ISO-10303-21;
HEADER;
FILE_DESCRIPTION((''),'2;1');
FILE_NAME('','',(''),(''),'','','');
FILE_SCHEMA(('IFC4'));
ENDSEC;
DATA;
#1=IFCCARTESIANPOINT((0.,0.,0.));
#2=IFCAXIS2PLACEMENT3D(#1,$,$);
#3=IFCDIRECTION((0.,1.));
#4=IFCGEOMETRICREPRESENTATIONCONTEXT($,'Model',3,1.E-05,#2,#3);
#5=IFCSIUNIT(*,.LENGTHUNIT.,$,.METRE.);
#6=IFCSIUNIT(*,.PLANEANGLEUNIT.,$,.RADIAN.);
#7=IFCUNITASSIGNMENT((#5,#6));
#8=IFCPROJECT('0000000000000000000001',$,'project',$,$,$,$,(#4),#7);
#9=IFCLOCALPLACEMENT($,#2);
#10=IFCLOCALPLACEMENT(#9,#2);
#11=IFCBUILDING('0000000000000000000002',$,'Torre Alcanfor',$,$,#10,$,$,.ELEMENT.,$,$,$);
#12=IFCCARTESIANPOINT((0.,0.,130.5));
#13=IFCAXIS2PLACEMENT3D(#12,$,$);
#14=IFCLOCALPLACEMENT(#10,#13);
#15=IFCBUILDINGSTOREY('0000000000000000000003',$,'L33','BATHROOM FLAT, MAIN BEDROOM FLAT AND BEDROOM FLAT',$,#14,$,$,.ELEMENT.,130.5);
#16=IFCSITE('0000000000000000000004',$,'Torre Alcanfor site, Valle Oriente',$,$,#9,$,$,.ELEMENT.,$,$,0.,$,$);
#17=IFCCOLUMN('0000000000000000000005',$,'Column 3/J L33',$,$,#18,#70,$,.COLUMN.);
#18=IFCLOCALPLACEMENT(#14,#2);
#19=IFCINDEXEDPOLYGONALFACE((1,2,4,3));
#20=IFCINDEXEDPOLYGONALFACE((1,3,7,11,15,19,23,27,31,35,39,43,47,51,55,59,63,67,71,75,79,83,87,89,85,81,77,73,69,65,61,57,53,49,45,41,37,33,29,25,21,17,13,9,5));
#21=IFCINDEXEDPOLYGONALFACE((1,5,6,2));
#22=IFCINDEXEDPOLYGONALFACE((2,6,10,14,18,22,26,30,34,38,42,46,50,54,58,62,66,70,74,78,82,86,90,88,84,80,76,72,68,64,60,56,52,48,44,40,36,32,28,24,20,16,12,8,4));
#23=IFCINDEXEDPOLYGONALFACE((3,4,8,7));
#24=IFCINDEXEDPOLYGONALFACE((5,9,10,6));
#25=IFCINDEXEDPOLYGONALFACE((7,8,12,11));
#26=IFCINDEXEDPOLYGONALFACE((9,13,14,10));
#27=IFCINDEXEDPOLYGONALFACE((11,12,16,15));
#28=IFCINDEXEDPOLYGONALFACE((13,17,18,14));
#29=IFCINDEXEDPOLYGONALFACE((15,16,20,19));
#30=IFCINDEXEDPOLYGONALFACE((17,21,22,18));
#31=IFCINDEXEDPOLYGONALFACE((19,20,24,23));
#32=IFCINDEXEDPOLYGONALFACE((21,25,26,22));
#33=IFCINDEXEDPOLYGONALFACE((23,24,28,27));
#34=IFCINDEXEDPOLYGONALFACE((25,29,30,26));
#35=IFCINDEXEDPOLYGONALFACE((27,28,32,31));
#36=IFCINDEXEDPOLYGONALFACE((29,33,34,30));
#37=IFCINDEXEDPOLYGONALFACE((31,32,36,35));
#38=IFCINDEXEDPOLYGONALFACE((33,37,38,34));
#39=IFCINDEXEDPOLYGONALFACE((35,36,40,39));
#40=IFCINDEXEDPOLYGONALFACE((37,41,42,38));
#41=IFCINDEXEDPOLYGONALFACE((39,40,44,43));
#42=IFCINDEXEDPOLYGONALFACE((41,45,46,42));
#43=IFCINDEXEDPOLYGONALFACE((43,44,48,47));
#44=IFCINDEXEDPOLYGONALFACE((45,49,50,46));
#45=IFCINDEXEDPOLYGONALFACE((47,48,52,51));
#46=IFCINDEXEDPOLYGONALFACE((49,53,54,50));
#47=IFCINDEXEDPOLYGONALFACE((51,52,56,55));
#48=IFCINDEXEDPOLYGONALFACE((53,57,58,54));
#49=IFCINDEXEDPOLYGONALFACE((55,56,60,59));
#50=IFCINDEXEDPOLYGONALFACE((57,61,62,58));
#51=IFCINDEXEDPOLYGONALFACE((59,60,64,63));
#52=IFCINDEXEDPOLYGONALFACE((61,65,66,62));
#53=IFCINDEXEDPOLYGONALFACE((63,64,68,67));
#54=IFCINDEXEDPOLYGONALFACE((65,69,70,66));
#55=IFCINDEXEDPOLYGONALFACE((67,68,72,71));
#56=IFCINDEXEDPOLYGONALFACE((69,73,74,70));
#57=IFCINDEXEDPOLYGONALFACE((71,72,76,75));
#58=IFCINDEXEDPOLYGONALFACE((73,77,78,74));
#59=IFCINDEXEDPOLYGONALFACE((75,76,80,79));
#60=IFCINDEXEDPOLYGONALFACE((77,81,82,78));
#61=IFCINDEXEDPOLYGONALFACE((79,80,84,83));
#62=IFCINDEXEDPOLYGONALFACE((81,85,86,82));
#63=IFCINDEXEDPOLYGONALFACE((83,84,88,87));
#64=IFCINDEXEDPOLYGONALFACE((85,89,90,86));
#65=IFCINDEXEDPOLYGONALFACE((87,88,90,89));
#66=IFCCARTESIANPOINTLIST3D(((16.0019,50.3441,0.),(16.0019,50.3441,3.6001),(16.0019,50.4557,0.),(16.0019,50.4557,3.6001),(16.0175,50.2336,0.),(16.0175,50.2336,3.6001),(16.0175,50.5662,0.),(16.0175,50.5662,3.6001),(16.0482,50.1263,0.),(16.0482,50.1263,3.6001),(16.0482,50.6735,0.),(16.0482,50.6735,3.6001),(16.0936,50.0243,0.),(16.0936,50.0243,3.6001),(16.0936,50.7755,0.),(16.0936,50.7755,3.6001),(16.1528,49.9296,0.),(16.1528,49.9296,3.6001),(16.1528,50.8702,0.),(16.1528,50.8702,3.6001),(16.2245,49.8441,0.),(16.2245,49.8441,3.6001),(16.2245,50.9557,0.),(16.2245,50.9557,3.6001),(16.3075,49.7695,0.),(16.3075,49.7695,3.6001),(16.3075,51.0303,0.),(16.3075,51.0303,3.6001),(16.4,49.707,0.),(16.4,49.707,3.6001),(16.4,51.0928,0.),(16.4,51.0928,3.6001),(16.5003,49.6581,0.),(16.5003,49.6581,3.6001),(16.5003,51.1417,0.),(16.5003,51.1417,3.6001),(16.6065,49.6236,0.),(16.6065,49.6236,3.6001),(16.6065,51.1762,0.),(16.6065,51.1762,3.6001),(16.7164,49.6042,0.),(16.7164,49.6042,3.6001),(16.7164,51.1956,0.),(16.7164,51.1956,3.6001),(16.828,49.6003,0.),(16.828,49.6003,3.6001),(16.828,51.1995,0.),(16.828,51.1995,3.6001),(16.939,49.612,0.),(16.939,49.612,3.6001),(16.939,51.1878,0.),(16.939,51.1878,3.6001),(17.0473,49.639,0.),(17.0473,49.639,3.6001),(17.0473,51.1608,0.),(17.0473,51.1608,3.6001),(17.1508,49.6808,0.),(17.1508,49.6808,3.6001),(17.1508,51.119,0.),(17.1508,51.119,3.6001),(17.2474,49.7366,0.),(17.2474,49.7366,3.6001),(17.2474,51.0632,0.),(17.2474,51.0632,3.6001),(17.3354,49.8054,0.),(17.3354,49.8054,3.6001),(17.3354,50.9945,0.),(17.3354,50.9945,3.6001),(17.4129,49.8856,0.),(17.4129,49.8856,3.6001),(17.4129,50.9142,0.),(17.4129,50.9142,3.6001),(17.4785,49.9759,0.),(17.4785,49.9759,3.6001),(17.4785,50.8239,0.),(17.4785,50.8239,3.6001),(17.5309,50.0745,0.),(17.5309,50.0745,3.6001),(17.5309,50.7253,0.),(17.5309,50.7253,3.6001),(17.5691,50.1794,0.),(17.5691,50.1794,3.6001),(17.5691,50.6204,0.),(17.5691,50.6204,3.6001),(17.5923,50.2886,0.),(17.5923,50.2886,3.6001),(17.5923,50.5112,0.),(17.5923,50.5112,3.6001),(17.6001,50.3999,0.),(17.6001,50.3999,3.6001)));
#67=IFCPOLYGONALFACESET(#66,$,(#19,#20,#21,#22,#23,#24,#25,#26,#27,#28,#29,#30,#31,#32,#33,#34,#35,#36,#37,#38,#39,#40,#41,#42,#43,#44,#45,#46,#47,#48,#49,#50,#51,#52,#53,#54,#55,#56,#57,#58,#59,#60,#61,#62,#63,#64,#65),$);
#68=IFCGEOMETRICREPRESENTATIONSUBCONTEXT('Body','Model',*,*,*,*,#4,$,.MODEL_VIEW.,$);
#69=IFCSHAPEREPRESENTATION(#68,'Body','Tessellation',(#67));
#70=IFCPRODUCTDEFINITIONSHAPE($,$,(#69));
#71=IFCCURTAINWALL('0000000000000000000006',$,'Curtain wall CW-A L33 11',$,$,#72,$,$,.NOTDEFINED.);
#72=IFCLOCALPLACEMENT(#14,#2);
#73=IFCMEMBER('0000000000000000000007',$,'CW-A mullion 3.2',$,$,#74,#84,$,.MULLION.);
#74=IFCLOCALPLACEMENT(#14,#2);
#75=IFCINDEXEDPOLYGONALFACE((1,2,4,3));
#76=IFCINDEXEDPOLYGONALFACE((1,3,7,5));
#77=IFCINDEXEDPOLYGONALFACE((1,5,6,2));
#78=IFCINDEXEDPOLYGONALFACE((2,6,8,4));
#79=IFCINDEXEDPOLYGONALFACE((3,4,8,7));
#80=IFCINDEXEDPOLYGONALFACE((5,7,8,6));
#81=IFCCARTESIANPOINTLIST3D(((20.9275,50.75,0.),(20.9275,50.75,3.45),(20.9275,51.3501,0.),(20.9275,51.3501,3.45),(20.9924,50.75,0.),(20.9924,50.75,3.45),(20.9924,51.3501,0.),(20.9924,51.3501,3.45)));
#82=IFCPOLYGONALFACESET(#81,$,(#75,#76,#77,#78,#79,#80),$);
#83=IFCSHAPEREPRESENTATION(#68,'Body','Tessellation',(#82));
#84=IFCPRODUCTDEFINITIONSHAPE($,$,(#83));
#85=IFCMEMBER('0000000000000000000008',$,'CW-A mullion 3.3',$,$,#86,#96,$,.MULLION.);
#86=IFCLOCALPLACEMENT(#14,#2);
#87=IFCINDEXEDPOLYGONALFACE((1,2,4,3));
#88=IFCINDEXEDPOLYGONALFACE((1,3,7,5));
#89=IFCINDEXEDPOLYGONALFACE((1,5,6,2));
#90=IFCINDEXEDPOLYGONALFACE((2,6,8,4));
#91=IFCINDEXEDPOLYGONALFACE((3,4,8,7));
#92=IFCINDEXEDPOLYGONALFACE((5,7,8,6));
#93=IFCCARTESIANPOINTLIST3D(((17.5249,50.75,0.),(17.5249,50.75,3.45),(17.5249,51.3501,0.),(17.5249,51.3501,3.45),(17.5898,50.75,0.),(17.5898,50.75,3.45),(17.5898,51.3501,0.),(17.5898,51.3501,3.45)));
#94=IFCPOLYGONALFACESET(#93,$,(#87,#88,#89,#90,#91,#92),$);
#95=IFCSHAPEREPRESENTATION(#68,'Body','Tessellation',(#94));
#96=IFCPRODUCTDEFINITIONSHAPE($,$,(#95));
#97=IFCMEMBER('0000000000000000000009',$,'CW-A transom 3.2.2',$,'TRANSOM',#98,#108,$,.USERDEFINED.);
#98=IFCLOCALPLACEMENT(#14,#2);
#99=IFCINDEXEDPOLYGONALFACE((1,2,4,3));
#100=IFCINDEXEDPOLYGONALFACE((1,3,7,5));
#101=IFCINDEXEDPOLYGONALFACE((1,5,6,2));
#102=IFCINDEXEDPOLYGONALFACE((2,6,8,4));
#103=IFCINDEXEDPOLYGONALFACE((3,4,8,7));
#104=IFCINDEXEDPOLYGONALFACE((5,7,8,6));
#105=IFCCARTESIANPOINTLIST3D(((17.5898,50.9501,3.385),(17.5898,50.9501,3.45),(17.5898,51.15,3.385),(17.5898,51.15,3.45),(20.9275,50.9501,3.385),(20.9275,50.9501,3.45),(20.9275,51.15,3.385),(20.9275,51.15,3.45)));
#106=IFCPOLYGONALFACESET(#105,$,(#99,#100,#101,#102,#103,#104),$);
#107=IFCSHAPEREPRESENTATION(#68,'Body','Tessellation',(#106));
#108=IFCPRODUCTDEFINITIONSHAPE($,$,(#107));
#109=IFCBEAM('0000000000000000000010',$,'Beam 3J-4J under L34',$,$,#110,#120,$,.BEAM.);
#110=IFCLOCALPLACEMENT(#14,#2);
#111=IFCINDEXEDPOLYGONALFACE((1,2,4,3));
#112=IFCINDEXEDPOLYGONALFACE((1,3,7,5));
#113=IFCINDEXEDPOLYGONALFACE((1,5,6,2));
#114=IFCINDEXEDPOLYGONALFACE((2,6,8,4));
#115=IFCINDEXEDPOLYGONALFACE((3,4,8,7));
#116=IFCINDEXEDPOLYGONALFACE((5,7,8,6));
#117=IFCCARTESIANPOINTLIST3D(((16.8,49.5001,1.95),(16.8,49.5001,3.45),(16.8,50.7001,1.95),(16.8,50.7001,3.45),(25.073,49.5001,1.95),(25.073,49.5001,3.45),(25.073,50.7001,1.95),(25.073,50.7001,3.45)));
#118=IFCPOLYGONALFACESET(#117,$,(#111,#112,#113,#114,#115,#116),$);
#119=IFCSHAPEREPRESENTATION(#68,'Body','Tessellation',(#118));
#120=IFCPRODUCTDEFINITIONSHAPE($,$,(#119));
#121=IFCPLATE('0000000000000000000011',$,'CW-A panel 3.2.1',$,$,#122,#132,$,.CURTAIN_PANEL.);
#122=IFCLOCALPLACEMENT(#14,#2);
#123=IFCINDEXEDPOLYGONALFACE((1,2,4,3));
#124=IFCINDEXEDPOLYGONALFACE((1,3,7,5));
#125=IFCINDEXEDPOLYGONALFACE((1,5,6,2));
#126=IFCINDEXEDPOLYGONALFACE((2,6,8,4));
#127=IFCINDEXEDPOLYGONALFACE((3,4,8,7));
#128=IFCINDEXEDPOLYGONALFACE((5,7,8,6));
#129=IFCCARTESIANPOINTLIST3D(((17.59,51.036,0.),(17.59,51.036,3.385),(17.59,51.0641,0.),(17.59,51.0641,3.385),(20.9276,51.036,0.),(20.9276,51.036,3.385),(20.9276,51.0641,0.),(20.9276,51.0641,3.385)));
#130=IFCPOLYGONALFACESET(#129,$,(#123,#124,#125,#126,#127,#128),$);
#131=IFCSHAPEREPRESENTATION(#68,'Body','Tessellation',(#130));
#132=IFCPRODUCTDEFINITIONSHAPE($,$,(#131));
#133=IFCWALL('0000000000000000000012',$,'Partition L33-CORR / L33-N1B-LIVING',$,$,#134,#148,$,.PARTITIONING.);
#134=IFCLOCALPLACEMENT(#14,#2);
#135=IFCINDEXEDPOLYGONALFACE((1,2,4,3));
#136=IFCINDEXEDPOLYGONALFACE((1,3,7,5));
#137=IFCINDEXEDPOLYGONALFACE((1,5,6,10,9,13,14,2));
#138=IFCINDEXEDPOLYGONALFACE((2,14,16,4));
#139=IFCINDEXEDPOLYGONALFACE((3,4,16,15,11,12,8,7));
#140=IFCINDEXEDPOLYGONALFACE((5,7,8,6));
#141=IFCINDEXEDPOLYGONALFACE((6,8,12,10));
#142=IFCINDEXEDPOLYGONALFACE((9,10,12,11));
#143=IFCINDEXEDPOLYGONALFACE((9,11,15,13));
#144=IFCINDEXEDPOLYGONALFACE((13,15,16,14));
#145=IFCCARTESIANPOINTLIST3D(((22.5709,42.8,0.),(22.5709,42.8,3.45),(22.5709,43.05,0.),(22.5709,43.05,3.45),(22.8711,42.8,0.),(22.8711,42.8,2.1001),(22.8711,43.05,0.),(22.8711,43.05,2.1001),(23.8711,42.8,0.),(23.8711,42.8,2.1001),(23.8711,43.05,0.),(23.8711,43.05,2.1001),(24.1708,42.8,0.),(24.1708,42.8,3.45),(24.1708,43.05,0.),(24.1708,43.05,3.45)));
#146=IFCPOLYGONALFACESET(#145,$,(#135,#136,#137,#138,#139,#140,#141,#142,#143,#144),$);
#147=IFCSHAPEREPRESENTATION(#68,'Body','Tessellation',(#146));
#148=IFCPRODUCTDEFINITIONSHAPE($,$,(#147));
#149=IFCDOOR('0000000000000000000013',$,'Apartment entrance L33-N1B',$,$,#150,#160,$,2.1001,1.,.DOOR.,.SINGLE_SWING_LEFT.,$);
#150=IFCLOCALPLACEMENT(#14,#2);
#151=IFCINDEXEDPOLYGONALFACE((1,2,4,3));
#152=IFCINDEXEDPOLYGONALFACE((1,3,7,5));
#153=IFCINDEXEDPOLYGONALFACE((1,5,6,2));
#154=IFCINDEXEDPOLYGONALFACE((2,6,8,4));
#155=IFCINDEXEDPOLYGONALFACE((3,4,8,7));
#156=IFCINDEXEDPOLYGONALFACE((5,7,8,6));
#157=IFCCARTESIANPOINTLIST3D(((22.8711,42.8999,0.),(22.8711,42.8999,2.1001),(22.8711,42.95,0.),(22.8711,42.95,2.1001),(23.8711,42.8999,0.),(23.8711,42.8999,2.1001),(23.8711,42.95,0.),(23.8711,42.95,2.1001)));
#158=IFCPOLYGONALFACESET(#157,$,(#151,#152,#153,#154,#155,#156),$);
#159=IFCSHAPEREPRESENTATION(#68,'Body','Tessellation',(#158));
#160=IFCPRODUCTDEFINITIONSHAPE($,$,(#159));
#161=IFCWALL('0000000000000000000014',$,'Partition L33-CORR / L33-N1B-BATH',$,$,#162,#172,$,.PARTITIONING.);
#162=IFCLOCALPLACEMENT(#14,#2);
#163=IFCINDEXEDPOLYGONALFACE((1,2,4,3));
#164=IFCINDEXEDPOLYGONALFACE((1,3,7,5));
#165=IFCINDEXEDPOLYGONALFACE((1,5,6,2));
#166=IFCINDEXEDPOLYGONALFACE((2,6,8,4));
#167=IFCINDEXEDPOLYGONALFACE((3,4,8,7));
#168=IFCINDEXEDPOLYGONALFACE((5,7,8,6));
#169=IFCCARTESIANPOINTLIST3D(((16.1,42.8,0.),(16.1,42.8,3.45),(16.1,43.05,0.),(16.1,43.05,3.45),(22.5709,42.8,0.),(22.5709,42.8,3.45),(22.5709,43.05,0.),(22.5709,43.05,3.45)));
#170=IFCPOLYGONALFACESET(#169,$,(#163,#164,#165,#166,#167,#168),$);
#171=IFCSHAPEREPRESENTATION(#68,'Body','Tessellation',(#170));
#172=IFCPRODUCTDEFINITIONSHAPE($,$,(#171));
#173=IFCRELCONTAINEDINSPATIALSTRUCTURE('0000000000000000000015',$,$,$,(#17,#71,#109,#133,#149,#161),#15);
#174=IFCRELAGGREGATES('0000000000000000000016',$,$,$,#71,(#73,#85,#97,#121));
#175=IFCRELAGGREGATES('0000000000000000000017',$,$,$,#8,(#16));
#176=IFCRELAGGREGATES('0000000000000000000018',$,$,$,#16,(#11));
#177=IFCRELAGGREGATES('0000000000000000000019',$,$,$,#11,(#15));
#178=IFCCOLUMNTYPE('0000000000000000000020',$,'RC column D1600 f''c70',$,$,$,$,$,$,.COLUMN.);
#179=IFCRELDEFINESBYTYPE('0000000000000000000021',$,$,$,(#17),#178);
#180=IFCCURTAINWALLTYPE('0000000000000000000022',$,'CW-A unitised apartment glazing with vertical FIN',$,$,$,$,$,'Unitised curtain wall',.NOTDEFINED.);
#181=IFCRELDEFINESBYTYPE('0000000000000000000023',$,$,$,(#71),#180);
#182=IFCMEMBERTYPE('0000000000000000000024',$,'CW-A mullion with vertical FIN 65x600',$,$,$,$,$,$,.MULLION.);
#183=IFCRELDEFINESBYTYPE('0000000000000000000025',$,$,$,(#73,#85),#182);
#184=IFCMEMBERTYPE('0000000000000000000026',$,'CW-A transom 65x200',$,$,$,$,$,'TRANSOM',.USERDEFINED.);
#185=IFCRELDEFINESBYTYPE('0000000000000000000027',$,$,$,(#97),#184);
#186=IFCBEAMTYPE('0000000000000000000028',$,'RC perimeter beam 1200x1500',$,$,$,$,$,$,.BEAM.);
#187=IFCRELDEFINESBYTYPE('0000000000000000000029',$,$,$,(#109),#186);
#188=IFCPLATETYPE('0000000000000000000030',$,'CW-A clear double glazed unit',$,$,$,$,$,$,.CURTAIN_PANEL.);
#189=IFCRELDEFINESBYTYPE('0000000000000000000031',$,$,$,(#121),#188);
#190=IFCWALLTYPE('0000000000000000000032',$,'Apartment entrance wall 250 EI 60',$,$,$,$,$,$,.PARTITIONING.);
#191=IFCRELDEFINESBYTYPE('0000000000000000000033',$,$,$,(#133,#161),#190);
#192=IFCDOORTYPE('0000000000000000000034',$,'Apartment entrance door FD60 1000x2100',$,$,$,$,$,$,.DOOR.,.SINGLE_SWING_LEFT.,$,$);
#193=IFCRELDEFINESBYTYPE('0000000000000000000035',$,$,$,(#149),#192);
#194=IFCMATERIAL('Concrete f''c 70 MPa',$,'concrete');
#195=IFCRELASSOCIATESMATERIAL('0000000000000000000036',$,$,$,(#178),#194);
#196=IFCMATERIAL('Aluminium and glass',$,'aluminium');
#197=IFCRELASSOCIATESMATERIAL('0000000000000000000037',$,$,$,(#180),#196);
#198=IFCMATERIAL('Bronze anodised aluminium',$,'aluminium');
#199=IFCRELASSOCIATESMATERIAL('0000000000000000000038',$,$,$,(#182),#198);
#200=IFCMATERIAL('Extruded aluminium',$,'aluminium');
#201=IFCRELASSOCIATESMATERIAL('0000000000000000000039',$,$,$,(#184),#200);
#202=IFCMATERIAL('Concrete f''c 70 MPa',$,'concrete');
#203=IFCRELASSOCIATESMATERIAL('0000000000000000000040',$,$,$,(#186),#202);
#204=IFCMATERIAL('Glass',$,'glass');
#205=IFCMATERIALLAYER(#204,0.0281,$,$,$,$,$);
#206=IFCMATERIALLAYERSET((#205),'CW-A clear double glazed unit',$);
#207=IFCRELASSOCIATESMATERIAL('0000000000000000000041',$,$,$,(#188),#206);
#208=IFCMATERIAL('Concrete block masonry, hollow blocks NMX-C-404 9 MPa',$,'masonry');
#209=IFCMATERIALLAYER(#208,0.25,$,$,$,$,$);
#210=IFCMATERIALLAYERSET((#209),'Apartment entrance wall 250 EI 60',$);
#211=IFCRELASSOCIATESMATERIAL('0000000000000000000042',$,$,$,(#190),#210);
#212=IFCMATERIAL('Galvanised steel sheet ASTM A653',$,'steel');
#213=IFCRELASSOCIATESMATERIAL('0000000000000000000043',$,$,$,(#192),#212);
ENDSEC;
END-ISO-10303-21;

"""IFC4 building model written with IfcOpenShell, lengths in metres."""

from ifc_helpers import new_model, si_unit, direction, frame, frame_2d, origin, origin_2d, place, context, subcontext, project, spatial, rectangle, circle, extrude, material, layer, layer_set, material_profile, profile_set, type_object, element, fill, aggregate, save


model = new_model("IFC4")

# Units and contexts
model_context = context("Model", 3, precision=1e-05, world=origin(), true_north=direction((0.0, 1.0)))
body_context = subcontext(model_context, "Body", "Model", "MODEL_VIEW")
ifc_project = project(units=[si_unit("LENGTHUNIT", "METRE"), si_unit("PLANEANGLEUNIT", "RADIAN")], contexts=[model_context])

# Site, building, storey
site_placement = place(None, origin())
site = spatial("IfcSite", under=ifc_project, at=site_placement, Name="Torre Alcanfor site, Valle Oriente", CompositionType="ELEMENT", RefElevation=0.0)
building_placement = place(site_placement, origin())
building = spatial("IfcBuilding", under=site, at=building_placement, Name="Torre Alcanfor", CompositionType="ELEMENT")
storey_placement = place(building_placement, frame((0.0, 0.0, 130.5)))
storey = spatial("IfcBuildingStorey", under=building, at=storey_placement, Name="L33", Description="BATHROOM FLAT, MAIN BEDROOM FLAT AND BEDROOM FLAT", CompositionType="ELEMENT", Elevation=130.5)

# Column
ifc_material_1 = material(Name="Concrete f'c 70 MPa", Category="concrete")
ifc_material_profile_1 = material_profile(ifc_material_1, circle(Radius=0.8, at=origin_2d()), Name="D1600")
ifc_profile_set_1 = profile_set([ifc_material_profile_1], Name="Concrete f'c 70 MPa")
column_type = type_object("IfcColumnType", Name="RC column D1600 f'c70", PredefinedType="COLUMN", material=ifc_profile_set_1)
column_placement = place(storey_placement, frame((16.8, 50.3999, 0.0), z_axis=(0.0, 0.0, 1.0), x_axis=(1.0, 0.0, 0.0)))
element("IfcColumn", 1, at=column_placement, inside=storey, type_object=column_type, Name="Column 3/J L33", PredefinedType="COLUMN", context=body_context, shape_type="SweptSolid", body=[
    extrude(circle(Radius=0.8, at=origin_2d()), origin(), (0.0, 0.0, 1.0), 3.6001),
])

# Curtain wall, members
ifc_material_2 = material(Name="Aluminium and glass", Category="aluminium")
curtain_wall_type = type_object("IfcCurtainWallType", Name="CW-A unitised apartment glazing with vertical FIN", ElementType="Unitised curtain wall", PredefinedType="NOTDEFINED", material=ifc_material_2)
curtain_wall_placement = place(storey_placement, origin())
curtain_wall = element("IfcCurtainWall", 2, at=curtain_wall_placement, inside=storey, type_object=curtain_wall_type, Name="Curtain wall CW-A L33 11", PredefinedType="NOTDEFINED")
ifc_material_3 = material(Name="Bronze anodised aluminium", Category="aluminium")
ifc_material_profile_2 = material_profile(ifc_material_3, rectangle(XDim=0.6001, YDim=0.0649, at=origin_2d()), Name="CW-A mullion 65x600")
ifc_profile_set_2 = profile_set([ifc_material_profile_2], Name="Bronze anodised aluminium")
member_type_1 = type_object("IfcMemberType", Name="CW-A mullion with vertical FIN 65x600", PredefinedType="MULLION", material=ifc_profile_set_2)
member_1_placement = place(storey_placement, frame((20.96, 51.05, 0.0), z_axis=(0.0, 0.0, 1.0), x_axis=(0.0, -1.0, 0.0)))
member_1 = element("IfcMember", 3, at=member_1_placement, type_object=member_type_1, Name="CW-A mullion 3.2", PredefinedType="MULLION", context=body_context, shape_type="SweptSolid", body=[
    extrude(rectangle(XDim=0.6001, YDim=0.0649, at=origin_2d()), origin(), (0.0, 0.0, 1.0), 3.45),
])
member_2_placement = place(storey_placement, frame((17.5574, 51.05, 0.0), z_axis=(0.0, 0.0, 1.0), x_axis=(0.0, -1.0, 0.0)))
member_2 = element("IfcMember", 4, at=member_2_placement, type_object=member_type_1, Name="CW-A mullion 3.3", PredefinedType="MULLION", context=body_context, shape_type="SweptSolid", body=[
    extrude(rectangle(XDim=0.6001, YDim=0.0649, at=origin_2d()), origin(), (0.0, 0.0, 1.0), 3.45),
])
ifc_material_4 = material(Name="Extruded aluminium", Category="aluminium")
ifc_material_profile_3 = material_profile(ifc_material_4, rectangle(XDim=0.2, YDim=0.0649, at=origin_2d()), Name="CW-A transom 200x65")
ifc_profile_set_3 = profile_set([ifc_material_profile_3], Name="Extruded aluminium")
member_type_2 = type_object("IfcMemberType", Name="CW-A transom 65x200", ElementType="TRANSOM", PredefinedType="USERDEFINED", material=ifc_profile_set_3)
member_3_placement = place(storey_placement, frame((20.9275, 51.05, 3.4175), z_axis=(-1.0, 0.0, 0.0), x_axis=(0.0, -1.0, 0.0)))
member_3 = element("IfcMember", 5, at=member_3_placement, type_object=member_type_2, Name="CW-A transom 3.2.2", ObjectType="TRANSOM", PredefinedType="USERDEFINED", context=body_context, shape_type="SweptSolid", body=[
    extrude(rectangle(XDim=0.2, YDim=0.0649, at=origin_2d()), origin(), (0.0, 0.0, 1.0), 3.3376),
])

# Beam
ifc_material_5 = material(Name="Concrete f'c 70 MPa", Category="concrete")
ifc_material_profile_4 = material_profile(ifc_material_5, rectangle(XDim=1.2, YDim=1.5, at=origin_2d()), Name="1200x1500")
ifc_profile_set_4 = profile_set([ifc_material_profile_4], Name="Concrete f'c 70 MPa")
beam_type = type_object("IfcBeamType", Name="RC perimeter beam 1200x1500", PredefinedType="BEAM", material=ifc_profile_set_4)
beam_placement = place(storey_placement, frame((16.8, 50.1001, 2.7), z_axis=(1.0, 0.0, 0.0), x_axis=(0.0, 1.0, 0.0)))
element("IfcBeam", 6, at=beam_placement, inside=storey, type_object=beam_type, Name="Beam 3J-4J under L34", PredefinedType="BEAM", context=body_context, shape_type="SweptSolid", body=[
    extrude(rectangle(XDim=1.2, YDim=1.5, at=origin_2d()), origin(), (0.0, 0.0, 1.0), 8.2729),
])

# Plate
ifc_material_6 = material(Name="Glass", Category="glass")
ifc_layer_1 = layer(ifc_material_6, 0.0281)
ifc_layer_set_1 = layer_set([ifc_layer_1], Name="CW-A clear double glazed unit")
plate_type = type_object("IfcPlateType", Name="CW-A clear double glazed unit", PredefinedType="CURTAIN_PANEL", material=ifc_layer_set_1)
plate_placement = place(storey_placement, frame((19.2588, 51.05, 0.0), z_axis=(0.0, 0.0, 1.0), x_axis=(-1.0, 0.0, 0.0)))
plate = element("IfcPlate", 7, at=plate_placement, type_object=plate_type, Name="CW-A panel 3.2.1", PredefinedType="CURTAIN_PANEL", context=body_context, shape_type="SweptSolid", body=[
    extrude(rectangle(XDim=3.3376, YDim=0.0281, at=origin_2d()), origin(), (0.0, 0.0, 1.0), 3.385),
])
aggregate(curtain_wall, [member_1, member_2, member_3, plate])

# Wall, opening, door
ifc_material_7 = material(Name="Concrete block masonry, hollow blocks NMX-C-404 9 MPa", Category="masonry")
ifc_layer_2 = layer(ifc_material_7, 0.25)
ifc_layer_set_2 = layer_set([ifc_layer_2], Name="Apartment entrance wall 250 EI 60")
wall_type_1 = type_object("IfcWallType", Name="Apartment entrance wall 250 EI 60", PredefinedType="PARTITIONING", material=ifc_layer_set_2)
wall_1_placement = place(storey_placement, frame((22.571, 42.925, 0.0), z_axis=(0.0, 0.0, 1.0), x_axis=(1.0, 0.0, 0.0)))
wall_1 = element("IfcWall", 8, at=wall_1_placement, inside=storey, type_object=wall_type_1, Name="Partition L33-CORR / L33-N1B-LIVING", PredefinedType="PARTITIONING", context=body_context, shape_type="SweptSolid", body=[
    extrude(rectangle(XDim=1.5999, YDim=0.25, at=frame_2d((0.7998, 0.0))), origin(), (0.0, 0.0, 1.0), 3.45),
])
opening_1_placement = place(wall_1_placement, frame((0.3, 0.0, 0.0)))
opening_1 = element("IfcOpeningElement", 9, at=opening_1_placement, cuts=wall_1, PredefinedType="OPENING", context=body_context, shape_type="SweptSolid", body=[
    extrude(rectangle(XDim=1.0, YDim=2.1001, at=frame_2d((0.5, 1.05))), frame((0.0, 0.135, 0.0), z_axis=(0.0, -1.0, 0.0), x_axis=(1.0, 0.0, 0.0)), (0.0, 0.0, 1.0), 0.27),
])
ifc_material_8 = material(Name="Galvanised steel sheet ASTM A653", Category="steel")
door_type_1 = type_object("IfcDoorType", Name="Apartment entrance door FD60 1000x2100", OperationType="SINGLE_SWING_LEFT", PredefinedType="DOOR", material=ifc_material_8)
door_1_placement = place(opening_1_placement, origin())
door_1 = element("IfcDoor", 10, at=door_1_placement, inside=storey, type_object=door_type_1, Name="Apartment entrance L33-N1B", OperationType="SINGLE_SWING_LEFT", OverallHeight=2.1001, OverallWidth=1.0, PredefinedType="DOOR", context=body_context, shape_type="SweptSolid", body=[
    extrude(rectangle(XDim=1.0, YDim=2.1001, at=frame_2d((0.5, 1.05))), frame((0.0, 0.0249, 0.0), z_axis=(0.0, -1.0, 0.0), x_axis=(1.0, 0.0, 0.0)), (0.0, 0.0, 1.0), 0.05),
])
fill(opening_1, door_1)

# Wall
wall_2_placement = place(storey_placement, frame((16.1001, 42.925, 0.0), z_axis=(0.0, 0.0, 1.0), x_axis=(1.0, 0.0, 0.0)))
element("IfcWall", 11, at=wall_2_placement, inside=storey, type_object=wall_type_1, Name="Partition L33-CORR / L33-N1B-BATH", PredefinedType="PARTITIONING", context=body_context, shape_type="SweptSolid", body=[
    extrude(rectangle(XDim=6.4709, YDim=0.25, at=frame_2d((3.2354, 0.0))), origin(), (0.0, 0.0, 1.0), 3.45),
])

save(model, "model.ifc")
